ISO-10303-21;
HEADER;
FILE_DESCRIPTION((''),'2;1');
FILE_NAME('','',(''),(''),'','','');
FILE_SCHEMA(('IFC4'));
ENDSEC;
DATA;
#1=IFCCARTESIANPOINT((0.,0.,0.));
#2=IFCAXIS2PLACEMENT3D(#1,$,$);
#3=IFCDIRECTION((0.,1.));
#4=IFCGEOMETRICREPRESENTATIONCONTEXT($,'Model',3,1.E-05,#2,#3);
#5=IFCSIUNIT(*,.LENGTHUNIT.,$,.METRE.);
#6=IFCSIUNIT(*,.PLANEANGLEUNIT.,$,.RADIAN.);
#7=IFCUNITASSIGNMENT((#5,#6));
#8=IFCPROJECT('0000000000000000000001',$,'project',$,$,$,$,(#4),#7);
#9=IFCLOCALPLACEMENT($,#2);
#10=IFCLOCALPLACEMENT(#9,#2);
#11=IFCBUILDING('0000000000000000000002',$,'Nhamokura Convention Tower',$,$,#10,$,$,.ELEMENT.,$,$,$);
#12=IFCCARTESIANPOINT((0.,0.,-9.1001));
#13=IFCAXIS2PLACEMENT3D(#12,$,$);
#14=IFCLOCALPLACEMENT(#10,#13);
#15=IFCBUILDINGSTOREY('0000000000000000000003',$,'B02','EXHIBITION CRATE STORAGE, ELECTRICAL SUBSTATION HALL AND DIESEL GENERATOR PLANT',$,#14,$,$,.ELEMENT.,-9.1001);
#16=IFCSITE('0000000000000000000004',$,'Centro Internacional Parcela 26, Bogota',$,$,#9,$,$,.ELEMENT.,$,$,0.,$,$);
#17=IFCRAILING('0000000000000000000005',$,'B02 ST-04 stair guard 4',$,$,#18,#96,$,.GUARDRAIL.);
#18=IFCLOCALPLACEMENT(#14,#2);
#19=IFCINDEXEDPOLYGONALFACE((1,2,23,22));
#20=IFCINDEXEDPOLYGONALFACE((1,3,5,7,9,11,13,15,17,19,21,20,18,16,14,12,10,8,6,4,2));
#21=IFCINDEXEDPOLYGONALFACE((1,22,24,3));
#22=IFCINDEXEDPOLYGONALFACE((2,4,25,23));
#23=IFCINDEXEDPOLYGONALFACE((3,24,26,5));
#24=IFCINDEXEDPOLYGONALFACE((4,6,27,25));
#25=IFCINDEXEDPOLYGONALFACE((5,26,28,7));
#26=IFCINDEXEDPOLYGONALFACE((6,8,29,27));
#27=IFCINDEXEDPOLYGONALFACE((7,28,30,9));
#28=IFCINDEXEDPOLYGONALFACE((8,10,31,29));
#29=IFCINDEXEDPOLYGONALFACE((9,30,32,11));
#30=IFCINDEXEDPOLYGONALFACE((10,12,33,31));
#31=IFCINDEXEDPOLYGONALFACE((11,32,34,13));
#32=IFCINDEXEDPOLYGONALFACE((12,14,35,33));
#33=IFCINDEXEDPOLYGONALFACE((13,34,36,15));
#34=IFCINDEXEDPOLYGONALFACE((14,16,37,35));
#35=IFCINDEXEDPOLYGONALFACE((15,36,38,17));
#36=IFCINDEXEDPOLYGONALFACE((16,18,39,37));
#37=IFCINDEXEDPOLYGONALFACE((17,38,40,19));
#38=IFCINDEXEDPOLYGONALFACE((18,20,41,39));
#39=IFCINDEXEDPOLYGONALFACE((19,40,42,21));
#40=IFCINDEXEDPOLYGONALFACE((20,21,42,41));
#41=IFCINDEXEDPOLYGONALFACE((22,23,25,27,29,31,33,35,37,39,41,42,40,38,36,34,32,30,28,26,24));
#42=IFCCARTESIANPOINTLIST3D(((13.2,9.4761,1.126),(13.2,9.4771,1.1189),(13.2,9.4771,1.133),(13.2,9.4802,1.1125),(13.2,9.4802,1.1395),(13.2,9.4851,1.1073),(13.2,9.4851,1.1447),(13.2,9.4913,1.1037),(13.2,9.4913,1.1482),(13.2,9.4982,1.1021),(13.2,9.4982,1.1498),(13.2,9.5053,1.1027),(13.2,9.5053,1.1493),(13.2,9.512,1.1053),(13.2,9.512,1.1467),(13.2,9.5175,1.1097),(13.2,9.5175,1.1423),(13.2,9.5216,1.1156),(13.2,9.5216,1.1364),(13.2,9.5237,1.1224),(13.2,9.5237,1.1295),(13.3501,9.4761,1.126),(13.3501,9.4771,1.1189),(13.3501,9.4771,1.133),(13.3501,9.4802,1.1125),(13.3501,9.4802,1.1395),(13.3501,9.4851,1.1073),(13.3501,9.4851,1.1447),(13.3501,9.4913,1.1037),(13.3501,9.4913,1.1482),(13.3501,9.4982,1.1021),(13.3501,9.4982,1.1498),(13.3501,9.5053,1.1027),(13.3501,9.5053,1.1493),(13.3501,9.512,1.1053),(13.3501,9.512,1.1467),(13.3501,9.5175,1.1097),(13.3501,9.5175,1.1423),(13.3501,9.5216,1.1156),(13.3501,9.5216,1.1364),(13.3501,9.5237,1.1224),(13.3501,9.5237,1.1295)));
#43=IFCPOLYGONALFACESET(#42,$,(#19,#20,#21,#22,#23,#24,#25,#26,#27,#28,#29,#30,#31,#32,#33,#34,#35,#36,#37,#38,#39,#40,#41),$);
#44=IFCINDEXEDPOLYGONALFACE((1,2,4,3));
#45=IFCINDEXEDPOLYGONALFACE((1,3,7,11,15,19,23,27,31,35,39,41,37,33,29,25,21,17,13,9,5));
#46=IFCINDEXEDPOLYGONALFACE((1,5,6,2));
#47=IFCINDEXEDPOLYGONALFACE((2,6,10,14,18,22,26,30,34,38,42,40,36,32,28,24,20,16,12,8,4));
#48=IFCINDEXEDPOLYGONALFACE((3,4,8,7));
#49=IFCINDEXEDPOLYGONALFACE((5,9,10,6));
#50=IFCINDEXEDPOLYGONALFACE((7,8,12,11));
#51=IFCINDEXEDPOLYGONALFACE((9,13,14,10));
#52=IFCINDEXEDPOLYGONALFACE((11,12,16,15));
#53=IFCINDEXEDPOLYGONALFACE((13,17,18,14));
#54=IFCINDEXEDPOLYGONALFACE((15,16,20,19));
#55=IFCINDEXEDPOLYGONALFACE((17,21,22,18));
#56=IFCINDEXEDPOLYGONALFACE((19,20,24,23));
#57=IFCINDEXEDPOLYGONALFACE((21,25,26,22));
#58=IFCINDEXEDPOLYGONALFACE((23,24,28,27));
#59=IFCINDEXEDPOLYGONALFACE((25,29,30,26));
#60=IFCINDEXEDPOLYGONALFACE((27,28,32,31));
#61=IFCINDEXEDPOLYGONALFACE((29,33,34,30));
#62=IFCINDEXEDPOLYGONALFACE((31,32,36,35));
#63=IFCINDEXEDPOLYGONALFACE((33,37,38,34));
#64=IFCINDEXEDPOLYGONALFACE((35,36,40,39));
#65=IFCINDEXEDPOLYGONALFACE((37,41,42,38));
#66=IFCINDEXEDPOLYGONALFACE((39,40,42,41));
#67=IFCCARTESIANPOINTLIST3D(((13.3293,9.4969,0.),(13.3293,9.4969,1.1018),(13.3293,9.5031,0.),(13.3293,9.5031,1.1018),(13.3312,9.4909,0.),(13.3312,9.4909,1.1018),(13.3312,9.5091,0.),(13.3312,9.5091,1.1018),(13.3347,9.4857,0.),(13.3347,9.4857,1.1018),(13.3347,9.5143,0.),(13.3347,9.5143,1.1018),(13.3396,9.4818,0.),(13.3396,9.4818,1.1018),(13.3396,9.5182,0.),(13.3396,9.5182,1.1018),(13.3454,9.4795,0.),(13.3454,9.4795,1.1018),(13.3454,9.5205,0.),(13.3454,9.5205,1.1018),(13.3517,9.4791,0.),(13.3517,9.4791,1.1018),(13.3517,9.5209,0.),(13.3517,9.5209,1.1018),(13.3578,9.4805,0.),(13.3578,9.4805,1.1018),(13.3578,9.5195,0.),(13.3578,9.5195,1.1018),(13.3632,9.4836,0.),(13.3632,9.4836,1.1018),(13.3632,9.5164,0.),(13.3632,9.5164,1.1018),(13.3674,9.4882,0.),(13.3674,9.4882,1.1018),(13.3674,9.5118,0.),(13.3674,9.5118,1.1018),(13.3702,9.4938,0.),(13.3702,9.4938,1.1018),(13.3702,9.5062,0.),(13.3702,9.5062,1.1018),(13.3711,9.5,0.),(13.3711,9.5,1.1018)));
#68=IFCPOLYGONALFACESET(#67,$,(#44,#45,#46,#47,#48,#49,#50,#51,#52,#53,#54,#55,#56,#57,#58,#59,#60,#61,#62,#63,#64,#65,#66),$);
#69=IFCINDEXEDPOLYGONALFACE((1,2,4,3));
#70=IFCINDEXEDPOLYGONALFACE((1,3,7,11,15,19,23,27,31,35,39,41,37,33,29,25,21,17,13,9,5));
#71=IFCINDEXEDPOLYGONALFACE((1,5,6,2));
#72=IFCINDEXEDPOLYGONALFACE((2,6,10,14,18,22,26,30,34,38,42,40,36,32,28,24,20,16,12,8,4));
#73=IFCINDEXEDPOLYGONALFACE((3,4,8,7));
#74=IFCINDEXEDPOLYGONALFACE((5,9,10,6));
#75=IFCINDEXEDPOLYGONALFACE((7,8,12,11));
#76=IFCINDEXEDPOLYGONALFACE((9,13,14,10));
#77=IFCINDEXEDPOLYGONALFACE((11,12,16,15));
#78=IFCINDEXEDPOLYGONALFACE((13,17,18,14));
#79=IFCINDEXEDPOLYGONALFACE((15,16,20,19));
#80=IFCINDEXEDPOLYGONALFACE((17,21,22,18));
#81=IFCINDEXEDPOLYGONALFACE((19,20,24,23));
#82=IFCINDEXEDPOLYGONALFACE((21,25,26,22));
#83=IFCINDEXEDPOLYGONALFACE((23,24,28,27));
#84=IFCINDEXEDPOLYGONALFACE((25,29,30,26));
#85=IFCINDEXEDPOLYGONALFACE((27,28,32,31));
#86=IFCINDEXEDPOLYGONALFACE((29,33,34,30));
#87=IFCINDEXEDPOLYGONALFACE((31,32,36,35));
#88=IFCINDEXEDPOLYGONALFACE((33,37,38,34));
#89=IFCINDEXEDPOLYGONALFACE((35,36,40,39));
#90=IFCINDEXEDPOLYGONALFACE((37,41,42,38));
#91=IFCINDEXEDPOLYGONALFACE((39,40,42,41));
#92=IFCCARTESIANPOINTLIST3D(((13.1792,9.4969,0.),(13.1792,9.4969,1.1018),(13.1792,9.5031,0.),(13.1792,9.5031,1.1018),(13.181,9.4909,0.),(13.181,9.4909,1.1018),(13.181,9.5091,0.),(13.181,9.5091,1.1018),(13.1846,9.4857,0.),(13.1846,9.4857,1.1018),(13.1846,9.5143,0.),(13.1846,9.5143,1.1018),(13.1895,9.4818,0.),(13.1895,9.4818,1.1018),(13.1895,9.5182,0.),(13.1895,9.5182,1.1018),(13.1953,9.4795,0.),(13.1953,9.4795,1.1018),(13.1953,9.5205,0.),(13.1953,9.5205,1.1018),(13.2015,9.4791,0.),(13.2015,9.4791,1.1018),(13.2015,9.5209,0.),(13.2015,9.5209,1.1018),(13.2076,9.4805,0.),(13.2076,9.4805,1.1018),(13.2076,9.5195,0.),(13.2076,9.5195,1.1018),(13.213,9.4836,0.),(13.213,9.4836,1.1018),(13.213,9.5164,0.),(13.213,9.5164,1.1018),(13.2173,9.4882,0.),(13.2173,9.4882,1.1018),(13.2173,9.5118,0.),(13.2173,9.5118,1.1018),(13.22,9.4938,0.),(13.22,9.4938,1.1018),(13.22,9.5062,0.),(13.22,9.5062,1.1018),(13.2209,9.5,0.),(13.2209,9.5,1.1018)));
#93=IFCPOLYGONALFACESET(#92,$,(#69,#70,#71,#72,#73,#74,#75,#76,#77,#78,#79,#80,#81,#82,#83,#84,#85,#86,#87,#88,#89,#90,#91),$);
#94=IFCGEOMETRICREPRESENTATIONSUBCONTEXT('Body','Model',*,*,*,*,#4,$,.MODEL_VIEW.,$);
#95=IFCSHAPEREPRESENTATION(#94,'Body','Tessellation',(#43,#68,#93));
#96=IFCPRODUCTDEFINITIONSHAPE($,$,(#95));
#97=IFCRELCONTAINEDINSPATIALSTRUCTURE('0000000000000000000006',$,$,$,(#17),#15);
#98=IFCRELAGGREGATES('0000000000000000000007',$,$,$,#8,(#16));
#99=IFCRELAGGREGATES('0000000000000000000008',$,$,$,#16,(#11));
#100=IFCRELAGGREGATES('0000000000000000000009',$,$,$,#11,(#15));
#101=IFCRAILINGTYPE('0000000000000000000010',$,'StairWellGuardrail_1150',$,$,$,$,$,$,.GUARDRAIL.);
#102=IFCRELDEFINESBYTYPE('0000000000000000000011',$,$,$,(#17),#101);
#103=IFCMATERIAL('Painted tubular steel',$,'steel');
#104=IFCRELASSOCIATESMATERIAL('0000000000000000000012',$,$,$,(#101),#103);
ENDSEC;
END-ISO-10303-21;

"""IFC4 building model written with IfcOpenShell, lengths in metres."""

from ifc_helpers import new_model, si_unit, direction, frame, origin, origin_2d, place, context, subcontext, project, spatial, circle, extrude, material, type_object, element, save


model = new_model("IFC4")

# Units and contexts
model_context = context("Model", 3, precision=1e-05, world=origin(), true_north=direction((0.0, 1.0)))
body_context = subcontext(model_context, "Body", "Model", "MODEL_VIEW")
ifc_project = project(units=[si_unit("LENGTHUNIT", "METRE"), si_unit("PLANEANGLEUNIT", "RADIAN")], contexts=[model_context])

# Site, building, storey
site_placement = place(None, origin())
site = spatial("IfcSite", under=ifc_project, at=site_placement, Name="Centro Internacional Parcela 26, Bogota", CompositionType="ELEMENT", RefElevation=0.0)
building_placement = place(site_placement, origin())
building = spatial("IfcBuilding", under=site, at=building_placement, Name="Nhamokura Convention Tower", CompositionType="ELEMENT")
storey_placement = place(building_placement, frame((0.0, 0.0, -9.1001)))
storey = spatial("IfcBuildingStorey", under=building, at=storey_placement, Name="B02", Description="EXHIBITION CRATE STORAGE, ELECTRICAL SUBSTATION HALL AND DIESEL GENERATOR PLANT", CompositionType="ELEMENT", Elevation=-9.1001)

# Railing
ifc_material_1 = material(Name="Painted tubular steel", Category="steel")
railing_type_1 = type_object("IfcRailingType", Name="StairWellGuardrail_1150", PredefinedType="GUARDRAIL", material=ifc_material_1)
railing_1_placement = place(storey_placement, frame((13.3501, 9.5, 0.0)))
element("IfcRailing", 1, at=railing_1_placement, inside=storey, type_object=railing_type_1, Name="B02 ST-04 stair guard 4", PredefinedType="GUARDRAIL", context=body_context, shape_type="SweptSolid", body=[
    extrude(circle(Radius=0.0239, at=origin_2d()), frame((0.0, 0.0, 1.126), z_axis=(-1.0, 0.0, 0.0), x_axis=(0.0, -1.0, 0.0)), (0.0, 0.0, 1.0), 0.1501),
    extrude(circle(Radius=0.021, at=origin_2d()), origin(), (0.0, 0.0, 1.0), 1.1018),
    extrude(circle(Radius=0.021, at=origin_2d()), frame((-0.1501, 0.0, 0.0)), (0.0, 0.0, 1.0), 1.1018),
])

save(model, "model.ifc")
